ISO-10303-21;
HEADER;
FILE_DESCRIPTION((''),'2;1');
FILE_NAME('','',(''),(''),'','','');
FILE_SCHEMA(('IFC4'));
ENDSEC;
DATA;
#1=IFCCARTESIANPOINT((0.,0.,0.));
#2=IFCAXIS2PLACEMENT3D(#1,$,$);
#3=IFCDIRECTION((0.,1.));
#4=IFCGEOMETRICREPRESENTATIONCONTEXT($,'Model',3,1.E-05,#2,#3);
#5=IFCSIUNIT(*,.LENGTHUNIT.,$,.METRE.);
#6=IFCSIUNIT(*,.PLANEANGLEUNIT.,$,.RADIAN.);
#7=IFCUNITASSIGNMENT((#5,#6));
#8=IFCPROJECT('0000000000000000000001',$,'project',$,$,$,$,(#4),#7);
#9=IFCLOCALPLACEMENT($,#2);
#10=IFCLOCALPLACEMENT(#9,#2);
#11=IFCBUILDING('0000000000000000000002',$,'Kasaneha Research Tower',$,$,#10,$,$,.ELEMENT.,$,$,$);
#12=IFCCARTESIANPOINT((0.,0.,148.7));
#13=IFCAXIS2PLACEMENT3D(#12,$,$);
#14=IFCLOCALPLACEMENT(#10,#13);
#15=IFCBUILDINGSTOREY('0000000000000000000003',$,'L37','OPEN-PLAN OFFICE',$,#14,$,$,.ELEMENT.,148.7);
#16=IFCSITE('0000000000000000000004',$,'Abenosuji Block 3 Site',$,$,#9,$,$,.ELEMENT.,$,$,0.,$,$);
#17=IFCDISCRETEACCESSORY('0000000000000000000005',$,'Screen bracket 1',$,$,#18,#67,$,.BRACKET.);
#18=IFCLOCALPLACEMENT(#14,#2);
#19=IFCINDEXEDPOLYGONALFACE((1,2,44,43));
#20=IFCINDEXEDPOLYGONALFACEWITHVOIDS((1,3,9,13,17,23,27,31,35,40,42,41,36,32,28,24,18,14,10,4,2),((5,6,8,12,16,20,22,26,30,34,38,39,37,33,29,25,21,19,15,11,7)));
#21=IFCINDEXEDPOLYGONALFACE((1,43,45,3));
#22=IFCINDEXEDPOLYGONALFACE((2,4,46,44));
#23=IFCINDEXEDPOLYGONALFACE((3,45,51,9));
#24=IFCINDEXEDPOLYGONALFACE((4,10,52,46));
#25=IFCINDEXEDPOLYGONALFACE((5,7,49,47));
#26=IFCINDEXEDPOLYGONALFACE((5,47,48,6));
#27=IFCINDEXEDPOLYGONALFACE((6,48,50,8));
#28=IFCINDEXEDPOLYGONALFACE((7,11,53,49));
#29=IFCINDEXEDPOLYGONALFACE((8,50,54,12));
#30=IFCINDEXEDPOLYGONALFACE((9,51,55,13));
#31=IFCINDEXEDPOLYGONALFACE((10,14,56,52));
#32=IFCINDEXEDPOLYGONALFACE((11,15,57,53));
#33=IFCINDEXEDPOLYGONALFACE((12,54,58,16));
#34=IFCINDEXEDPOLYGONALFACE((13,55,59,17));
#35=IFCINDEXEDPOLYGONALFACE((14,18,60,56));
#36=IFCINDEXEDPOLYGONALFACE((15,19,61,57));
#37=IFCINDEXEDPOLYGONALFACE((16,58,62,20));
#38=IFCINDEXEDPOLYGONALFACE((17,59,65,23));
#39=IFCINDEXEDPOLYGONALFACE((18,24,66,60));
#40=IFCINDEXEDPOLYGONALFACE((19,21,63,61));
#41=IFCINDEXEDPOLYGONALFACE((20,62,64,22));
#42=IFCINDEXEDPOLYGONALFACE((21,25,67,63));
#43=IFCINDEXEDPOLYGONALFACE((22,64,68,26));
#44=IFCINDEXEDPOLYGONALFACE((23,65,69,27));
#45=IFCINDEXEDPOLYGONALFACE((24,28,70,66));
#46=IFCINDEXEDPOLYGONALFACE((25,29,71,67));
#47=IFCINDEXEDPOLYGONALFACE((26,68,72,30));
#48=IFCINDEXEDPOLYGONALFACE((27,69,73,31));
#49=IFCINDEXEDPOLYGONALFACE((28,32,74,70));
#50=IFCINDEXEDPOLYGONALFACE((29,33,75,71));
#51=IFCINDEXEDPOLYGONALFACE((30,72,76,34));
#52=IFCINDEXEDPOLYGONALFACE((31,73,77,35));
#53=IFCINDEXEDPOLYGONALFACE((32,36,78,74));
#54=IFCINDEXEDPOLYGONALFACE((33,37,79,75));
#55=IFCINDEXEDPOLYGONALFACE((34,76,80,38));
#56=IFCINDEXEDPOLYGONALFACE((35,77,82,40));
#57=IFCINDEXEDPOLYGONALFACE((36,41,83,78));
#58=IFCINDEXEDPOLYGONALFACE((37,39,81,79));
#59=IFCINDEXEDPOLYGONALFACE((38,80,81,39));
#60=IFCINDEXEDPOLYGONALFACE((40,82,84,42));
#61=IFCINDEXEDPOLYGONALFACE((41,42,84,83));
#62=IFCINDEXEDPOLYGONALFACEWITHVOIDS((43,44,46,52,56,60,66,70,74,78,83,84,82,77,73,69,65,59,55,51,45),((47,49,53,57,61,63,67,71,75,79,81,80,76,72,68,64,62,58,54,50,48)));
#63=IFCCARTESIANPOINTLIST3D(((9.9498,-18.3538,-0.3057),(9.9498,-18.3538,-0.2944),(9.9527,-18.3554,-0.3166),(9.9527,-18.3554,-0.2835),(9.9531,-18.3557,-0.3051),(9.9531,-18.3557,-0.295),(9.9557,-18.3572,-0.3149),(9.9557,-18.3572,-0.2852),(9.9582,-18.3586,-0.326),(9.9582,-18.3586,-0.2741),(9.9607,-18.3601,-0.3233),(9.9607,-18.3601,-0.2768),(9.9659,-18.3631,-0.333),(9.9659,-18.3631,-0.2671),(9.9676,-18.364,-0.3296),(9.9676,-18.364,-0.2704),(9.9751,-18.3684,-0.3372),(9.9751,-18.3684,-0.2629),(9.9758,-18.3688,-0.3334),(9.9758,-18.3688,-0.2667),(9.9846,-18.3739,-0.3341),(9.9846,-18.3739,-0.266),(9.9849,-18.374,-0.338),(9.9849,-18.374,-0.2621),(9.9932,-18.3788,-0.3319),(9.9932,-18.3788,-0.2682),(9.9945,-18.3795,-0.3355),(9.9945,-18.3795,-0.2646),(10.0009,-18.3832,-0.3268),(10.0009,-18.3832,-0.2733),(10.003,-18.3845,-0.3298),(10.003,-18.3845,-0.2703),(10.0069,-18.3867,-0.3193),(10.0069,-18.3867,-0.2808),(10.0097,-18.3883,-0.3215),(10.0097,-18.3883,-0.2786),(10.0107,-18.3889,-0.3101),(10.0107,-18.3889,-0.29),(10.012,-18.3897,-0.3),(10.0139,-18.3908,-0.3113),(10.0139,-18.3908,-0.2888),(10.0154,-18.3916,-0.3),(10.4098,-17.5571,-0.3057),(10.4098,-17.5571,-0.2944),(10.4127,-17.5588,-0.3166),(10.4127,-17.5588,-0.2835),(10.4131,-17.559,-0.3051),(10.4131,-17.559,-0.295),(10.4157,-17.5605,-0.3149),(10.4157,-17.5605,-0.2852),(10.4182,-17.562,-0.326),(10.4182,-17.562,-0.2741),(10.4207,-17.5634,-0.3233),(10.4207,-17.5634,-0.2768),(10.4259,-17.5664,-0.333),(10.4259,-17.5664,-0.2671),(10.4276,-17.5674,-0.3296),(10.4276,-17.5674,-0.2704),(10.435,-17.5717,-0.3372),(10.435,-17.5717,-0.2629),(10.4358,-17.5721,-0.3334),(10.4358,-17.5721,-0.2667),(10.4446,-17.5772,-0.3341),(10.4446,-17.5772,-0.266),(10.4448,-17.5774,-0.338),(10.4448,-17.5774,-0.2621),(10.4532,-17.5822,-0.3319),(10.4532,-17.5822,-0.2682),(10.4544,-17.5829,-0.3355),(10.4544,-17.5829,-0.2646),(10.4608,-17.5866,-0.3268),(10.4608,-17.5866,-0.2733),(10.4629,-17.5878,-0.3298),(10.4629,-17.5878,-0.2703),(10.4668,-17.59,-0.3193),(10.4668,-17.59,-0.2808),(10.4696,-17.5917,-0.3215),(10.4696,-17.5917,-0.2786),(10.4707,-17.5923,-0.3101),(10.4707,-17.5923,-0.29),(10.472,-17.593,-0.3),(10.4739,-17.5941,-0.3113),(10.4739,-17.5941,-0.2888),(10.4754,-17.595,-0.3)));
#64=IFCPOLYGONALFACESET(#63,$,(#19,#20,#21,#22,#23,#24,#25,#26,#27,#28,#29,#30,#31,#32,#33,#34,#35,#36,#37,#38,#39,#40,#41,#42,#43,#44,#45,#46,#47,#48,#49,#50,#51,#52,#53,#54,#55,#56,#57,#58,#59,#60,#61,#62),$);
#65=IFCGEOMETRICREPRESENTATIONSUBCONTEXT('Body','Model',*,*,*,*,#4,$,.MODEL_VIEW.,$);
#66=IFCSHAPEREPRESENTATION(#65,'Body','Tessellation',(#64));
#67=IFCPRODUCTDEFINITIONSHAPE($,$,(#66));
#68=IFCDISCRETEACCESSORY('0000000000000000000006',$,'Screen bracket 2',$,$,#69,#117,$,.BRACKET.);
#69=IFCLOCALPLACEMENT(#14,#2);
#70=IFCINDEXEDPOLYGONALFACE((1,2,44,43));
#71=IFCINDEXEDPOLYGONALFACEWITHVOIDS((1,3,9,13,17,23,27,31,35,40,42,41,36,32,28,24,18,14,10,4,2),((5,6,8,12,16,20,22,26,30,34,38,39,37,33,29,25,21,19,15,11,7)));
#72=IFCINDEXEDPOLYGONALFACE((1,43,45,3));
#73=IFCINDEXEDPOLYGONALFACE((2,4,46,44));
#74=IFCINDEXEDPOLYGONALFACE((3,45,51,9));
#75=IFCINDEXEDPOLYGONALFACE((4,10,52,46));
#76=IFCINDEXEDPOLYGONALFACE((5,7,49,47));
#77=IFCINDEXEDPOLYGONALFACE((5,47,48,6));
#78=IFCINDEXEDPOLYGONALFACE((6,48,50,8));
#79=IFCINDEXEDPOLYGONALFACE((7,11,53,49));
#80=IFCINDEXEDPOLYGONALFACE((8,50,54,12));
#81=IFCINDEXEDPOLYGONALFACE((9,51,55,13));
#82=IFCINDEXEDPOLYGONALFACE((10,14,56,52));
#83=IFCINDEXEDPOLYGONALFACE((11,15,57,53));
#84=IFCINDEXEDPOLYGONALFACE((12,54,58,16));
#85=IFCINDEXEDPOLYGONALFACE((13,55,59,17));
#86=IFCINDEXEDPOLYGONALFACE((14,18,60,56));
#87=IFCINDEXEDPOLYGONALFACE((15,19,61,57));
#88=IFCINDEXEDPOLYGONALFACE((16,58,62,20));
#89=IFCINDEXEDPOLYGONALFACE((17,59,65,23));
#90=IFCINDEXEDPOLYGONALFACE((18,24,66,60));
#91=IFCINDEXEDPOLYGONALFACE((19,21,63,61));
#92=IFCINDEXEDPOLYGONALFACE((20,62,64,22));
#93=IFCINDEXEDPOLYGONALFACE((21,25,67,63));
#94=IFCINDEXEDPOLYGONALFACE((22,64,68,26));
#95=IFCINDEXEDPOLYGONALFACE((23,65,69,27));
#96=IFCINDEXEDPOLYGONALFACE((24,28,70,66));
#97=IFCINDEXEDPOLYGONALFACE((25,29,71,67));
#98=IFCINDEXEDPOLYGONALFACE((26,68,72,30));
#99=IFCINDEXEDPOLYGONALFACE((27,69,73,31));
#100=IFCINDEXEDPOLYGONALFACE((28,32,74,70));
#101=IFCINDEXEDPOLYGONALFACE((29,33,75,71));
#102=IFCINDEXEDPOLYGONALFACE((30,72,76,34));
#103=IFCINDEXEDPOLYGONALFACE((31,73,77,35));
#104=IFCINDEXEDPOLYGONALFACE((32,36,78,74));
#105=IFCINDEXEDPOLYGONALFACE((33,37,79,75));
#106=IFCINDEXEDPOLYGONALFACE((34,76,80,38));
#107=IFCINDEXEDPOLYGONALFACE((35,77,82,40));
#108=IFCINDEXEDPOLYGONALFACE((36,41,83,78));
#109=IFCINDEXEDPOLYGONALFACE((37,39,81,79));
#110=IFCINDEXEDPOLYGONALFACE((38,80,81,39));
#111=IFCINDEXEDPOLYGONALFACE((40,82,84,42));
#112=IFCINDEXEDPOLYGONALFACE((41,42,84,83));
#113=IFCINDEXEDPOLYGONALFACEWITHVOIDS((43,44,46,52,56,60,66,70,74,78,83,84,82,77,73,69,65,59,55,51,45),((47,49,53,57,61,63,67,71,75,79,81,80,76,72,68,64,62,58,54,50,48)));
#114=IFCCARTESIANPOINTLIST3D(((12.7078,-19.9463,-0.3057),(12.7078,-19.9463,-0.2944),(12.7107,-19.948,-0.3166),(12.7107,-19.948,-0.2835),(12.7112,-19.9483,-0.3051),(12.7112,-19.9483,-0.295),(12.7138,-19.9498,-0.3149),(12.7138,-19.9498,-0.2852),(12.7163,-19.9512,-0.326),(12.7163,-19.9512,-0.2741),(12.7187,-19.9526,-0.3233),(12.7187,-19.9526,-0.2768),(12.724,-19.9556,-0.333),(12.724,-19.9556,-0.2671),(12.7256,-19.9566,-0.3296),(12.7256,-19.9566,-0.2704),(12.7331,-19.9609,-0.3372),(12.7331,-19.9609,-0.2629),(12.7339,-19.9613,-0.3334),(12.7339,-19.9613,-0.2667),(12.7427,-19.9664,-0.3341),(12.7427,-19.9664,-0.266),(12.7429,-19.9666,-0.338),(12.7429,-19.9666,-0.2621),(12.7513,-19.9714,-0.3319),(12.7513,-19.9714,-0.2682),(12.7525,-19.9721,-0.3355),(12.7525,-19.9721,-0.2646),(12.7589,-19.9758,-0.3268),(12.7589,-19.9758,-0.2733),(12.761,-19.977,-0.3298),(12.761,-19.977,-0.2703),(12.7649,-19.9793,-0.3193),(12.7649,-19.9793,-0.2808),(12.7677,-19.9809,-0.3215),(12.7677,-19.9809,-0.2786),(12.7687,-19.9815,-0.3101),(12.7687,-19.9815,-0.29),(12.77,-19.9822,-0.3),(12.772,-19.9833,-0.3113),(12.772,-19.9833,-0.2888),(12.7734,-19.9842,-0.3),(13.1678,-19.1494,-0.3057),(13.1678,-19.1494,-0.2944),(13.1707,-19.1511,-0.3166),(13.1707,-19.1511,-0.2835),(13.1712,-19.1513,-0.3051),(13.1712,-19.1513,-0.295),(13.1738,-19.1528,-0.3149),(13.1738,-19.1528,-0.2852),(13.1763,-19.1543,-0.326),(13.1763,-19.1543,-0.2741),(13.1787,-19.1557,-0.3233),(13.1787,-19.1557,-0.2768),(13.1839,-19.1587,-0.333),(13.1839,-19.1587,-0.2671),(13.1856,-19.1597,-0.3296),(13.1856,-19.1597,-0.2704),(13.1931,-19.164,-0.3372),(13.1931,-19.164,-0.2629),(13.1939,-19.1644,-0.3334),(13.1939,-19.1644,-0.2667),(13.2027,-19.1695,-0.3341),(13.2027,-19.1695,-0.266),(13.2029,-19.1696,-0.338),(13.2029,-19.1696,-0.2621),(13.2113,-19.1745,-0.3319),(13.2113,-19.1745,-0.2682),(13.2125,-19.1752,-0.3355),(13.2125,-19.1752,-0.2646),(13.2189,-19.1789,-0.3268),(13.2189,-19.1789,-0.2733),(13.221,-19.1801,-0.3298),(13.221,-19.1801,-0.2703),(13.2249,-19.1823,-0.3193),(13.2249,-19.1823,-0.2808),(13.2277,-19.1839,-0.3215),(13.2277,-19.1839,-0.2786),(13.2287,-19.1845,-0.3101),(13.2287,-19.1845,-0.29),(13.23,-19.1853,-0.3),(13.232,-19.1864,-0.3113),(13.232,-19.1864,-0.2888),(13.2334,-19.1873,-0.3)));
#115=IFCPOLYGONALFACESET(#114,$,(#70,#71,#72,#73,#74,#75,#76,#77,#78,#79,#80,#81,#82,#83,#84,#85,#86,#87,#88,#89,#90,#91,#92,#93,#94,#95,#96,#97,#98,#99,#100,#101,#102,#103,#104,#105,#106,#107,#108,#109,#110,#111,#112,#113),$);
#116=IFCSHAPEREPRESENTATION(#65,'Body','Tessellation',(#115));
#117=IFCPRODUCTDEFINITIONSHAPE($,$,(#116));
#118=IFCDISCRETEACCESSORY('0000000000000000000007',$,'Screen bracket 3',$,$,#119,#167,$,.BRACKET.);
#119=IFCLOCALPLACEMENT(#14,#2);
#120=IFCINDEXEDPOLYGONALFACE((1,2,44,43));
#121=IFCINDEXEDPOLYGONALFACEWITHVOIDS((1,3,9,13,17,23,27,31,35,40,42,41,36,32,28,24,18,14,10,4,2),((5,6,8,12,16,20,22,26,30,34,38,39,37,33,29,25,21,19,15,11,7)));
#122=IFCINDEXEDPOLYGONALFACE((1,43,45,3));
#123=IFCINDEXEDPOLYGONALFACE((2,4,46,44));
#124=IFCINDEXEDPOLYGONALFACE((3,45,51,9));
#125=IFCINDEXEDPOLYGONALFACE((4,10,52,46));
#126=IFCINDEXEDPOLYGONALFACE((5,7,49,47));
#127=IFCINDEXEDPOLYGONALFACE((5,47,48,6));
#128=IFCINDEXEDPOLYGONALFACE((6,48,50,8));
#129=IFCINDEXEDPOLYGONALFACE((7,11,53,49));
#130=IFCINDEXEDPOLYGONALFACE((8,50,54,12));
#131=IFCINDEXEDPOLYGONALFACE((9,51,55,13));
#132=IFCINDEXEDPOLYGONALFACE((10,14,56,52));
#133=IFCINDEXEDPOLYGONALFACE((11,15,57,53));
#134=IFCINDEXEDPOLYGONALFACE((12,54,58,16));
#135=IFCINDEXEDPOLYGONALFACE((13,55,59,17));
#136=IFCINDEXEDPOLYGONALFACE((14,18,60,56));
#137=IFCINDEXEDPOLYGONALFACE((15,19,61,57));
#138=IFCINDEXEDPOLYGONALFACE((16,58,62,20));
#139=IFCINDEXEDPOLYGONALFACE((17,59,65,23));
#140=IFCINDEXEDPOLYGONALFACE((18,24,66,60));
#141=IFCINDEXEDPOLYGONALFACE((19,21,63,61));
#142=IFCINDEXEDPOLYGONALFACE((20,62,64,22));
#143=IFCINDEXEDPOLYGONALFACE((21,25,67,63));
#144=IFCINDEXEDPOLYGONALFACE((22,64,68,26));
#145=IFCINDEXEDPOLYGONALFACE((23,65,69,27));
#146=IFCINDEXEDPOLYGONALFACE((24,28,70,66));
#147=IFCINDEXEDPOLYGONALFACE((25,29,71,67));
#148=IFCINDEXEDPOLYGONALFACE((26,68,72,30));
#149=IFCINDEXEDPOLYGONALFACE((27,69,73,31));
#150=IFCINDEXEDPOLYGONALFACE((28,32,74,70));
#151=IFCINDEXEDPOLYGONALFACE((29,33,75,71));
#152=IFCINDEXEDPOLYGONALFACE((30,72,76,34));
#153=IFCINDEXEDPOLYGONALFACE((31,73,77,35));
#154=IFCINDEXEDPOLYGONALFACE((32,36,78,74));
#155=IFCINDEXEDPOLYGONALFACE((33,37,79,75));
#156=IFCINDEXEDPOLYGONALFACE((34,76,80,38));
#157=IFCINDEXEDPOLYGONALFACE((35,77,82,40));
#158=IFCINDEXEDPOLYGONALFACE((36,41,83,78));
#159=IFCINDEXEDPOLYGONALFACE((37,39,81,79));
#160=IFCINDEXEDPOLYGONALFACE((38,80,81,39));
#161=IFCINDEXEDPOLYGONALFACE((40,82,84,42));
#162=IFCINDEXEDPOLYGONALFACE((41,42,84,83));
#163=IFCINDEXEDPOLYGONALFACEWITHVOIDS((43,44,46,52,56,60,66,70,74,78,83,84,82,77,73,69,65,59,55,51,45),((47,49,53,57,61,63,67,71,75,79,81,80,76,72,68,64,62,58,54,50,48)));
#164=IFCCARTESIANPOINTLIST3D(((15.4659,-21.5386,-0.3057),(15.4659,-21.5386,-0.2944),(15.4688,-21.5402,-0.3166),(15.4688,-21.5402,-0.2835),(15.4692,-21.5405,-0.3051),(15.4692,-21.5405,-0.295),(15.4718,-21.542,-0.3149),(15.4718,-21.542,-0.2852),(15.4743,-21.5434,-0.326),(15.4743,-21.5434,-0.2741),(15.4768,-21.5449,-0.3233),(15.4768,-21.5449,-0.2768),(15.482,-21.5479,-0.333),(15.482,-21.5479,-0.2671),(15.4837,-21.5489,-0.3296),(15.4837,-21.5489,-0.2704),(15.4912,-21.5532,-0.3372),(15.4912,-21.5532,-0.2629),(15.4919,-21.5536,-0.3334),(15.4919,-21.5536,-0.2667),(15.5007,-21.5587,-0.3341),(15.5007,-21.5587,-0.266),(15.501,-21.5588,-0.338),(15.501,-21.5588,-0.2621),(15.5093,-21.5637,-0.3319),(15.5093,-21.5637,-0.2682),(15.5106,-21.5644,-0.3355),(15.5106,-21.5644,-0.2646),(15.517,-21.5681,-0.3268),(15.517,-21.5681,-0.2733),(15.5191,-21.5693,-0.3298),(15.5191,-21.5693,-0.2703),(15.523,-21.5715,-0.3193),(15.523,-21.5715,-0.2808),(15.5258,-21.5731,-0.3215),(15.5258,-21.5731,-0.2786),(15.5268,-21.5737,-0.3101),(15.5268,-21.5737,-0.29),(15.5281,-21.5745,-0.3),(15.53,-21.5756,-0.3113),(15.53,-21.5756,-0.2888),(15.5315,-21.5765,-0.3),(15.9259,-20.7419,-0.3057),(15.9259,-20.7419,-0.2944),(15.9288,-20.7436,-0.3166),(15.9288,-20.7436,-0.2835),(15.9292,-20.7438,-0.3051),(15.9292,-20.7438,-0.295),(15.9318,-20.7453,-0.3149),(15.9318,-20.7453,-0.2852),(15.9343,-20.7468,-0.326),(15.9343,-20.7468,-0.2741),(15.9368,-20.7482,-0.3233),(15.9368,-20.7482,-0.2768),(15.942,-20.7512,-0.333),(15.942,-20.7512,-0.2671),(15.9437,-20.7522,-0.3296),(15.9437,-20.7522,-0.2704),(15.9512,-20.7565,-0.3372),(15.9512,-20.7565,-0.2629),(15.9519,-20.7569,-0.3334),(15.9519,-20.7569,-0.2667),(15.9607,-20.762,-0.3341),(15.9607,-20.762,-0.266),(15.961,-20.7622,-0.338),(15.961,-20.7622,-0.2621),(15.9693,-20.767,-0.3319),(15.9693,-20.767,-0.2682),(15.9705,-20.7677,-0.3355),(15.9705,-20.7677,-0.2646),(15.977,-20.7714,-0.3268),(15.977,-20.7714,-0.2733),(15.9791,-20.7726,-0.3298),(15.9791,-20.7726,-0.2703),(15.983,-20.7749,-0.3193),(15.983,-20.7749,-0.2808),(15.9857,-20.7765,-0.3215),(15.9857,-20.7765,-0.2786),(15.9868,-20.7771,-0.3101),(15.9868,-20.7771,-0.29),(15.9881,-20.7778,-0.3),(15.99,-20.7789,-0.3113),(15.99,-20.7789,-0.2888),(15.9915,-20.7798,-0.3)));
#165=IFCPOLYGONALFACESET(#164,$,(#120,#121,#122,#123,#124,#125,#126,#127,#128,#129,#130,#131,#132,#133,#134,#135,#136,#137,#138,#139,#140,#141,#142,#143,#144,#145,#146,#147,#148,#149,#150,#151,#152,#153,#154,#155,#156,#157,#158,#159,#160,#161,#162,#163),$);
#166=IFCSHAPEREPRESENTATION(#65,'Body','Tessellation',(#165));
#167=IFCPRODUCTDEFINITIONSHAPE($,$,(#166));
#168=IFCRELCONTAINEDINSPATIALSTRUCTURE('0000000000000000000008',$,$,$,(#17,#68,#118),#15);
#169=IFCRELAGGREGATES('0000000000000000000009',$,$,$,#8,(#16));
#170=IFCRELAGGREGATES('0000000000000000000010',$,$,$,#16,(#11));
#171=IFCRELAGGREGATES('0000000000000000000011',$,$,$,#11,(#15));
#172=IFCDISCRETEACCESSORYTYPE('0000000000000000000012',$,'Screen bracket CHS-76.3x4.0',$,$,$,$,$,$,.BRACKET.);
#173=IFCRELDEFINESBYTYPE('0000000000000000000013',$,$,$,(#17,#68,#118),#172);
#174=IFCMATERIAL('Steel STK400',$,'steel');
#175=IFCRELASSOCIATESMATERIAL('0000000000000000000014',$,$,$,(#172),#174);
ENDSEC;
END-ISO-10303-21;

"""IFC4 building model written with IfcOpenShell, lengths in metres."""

from ifc_helpers import new_model, si_unit, direction, frame, origin, origin_2d, place, context, subcontext, project, spatial, hollow_circle, extrude, material, material_profile, profile_set, type_object, element, save


model = new_model("IFC4")

# Units and contexts
model_context = context("Model", 3, precision=1e-05, world=origin(), true_north=direction((0.0, 1.0)))
body_context = subcontext(model_context, "Body", "Model", "MODEL_VIEW")
ifc_project = project(units=[si_unit("LENGTHUNIT", "METRE"), si_unit("PLANEANGLEUNIT", "RADIAN")], contexts=[model_context])

# Site, building, storey
site_placement = place(None, origin())
site = spatial("IfcSite", under=ifc_project, at=site_placement, Name="Abenosuji Block 3 Site", CompositionType="ELEMENT", RefElevation=0.0)
building_placement = place(site_placement, origin())
building = spatial("IfcBuilding", under=site, at=building_placement, Name="Kasaneha Research Tower", CompositionType="ELEMENT")
storey_placement = place(building_placement, frame((0.0, 0.0, 148.7)))
storey = spatial("IfcBuildingStorey", under=building, at=storey_placement, Name="L37", Description="OPEN-PLAN OFFICE", CompositionType="ELEMENT", Elevation=148.7)

# Discrete accessories
ifc_material_1 = material(Name="Steel STK400", Category="steel")
ifc_material_profile_1 = material_profile(ifc_material_1, hollow_circle(Radius=0.0381, WallThickness=0.0039, at=origin_2d()), Name="CHS-76.3x4.0")
ifc_profile_set_1 = profile_set([ifc_material_profile_1], Name="Steel STK400")
discrete_accessory_type = type_object("IfcDiscreteAccessoryType", Name="Screen bracket CHS-76.3x4.0", PredefinedType="BRACKET", material=ifc_profile_set_1)
discrete_accessory_1_placement = place(storey_placement, frame((10.4424, -17.5759, -0.3), z_axis=(-0.500021, -0.866013, 0.0), x_axis=(0.866013, -0.500021, 0.0)))
element("IfcDiscreteAccessory", 1, at=discrete_accessory_1_placement, inside=storey, type_object=discrete_accessory_type, Name="Screen bracket 1", PredefinedType="BRACKET", context=body_context, shape_type="SweptSolid", body=[
    extrude(hollow_circle(Radius=0.0381, WallThickness=0.0039, at=origin_2d()), origin(), (0.0, 0.0, 1.0), 0.9199),
])
discrete_accessory_2_placement = place(storey_placement, frame((13.2004, -19.1682, -0.3), z_axis=(-0.499906, -0.86608, 0.0), x_axis=(0.86608, -0.499906, 0.0)))
element("IfcDiscreteAccessory", 2, at=discrete_accessory_2_placement, inside=storey, type_object=discrete_accessory_type, Name="Screen bracket 2", PredefinedType="BRACKET", context=body_context, shape_type="SweptSolid", body=[
    extrude(hollow_circle(Radius=0.0381, WallThickness=0.0039, at=origin_2d()), origin(), (0.0, 0.0, 1.0), 0.9202),
])
discrete_accessory_3_placement = place(storey_placement, frame((15.9585, -20.7607, -0.3), z_axis=(-0.500021, -0.866013, 0.0), x_axis=(0.866013, -0.500021, 0.0)))
element("IfcDiscreteAccessory", 3, at=discrete_accessory_3_placement, inside=storey, type_object=discrete_accessory_type, Name="Screen bracket 3", PredefinedType="BRACKET", context=body_context, shape_type="SweptSolid", body=[
    extrude(hollow_circle(Radius=0.0381, WallThickness=0.0039, at=origin_2d()), origin(), (0.0, 0.0, 1.0), 0.9199),
])

save(model, "model.ifc")
